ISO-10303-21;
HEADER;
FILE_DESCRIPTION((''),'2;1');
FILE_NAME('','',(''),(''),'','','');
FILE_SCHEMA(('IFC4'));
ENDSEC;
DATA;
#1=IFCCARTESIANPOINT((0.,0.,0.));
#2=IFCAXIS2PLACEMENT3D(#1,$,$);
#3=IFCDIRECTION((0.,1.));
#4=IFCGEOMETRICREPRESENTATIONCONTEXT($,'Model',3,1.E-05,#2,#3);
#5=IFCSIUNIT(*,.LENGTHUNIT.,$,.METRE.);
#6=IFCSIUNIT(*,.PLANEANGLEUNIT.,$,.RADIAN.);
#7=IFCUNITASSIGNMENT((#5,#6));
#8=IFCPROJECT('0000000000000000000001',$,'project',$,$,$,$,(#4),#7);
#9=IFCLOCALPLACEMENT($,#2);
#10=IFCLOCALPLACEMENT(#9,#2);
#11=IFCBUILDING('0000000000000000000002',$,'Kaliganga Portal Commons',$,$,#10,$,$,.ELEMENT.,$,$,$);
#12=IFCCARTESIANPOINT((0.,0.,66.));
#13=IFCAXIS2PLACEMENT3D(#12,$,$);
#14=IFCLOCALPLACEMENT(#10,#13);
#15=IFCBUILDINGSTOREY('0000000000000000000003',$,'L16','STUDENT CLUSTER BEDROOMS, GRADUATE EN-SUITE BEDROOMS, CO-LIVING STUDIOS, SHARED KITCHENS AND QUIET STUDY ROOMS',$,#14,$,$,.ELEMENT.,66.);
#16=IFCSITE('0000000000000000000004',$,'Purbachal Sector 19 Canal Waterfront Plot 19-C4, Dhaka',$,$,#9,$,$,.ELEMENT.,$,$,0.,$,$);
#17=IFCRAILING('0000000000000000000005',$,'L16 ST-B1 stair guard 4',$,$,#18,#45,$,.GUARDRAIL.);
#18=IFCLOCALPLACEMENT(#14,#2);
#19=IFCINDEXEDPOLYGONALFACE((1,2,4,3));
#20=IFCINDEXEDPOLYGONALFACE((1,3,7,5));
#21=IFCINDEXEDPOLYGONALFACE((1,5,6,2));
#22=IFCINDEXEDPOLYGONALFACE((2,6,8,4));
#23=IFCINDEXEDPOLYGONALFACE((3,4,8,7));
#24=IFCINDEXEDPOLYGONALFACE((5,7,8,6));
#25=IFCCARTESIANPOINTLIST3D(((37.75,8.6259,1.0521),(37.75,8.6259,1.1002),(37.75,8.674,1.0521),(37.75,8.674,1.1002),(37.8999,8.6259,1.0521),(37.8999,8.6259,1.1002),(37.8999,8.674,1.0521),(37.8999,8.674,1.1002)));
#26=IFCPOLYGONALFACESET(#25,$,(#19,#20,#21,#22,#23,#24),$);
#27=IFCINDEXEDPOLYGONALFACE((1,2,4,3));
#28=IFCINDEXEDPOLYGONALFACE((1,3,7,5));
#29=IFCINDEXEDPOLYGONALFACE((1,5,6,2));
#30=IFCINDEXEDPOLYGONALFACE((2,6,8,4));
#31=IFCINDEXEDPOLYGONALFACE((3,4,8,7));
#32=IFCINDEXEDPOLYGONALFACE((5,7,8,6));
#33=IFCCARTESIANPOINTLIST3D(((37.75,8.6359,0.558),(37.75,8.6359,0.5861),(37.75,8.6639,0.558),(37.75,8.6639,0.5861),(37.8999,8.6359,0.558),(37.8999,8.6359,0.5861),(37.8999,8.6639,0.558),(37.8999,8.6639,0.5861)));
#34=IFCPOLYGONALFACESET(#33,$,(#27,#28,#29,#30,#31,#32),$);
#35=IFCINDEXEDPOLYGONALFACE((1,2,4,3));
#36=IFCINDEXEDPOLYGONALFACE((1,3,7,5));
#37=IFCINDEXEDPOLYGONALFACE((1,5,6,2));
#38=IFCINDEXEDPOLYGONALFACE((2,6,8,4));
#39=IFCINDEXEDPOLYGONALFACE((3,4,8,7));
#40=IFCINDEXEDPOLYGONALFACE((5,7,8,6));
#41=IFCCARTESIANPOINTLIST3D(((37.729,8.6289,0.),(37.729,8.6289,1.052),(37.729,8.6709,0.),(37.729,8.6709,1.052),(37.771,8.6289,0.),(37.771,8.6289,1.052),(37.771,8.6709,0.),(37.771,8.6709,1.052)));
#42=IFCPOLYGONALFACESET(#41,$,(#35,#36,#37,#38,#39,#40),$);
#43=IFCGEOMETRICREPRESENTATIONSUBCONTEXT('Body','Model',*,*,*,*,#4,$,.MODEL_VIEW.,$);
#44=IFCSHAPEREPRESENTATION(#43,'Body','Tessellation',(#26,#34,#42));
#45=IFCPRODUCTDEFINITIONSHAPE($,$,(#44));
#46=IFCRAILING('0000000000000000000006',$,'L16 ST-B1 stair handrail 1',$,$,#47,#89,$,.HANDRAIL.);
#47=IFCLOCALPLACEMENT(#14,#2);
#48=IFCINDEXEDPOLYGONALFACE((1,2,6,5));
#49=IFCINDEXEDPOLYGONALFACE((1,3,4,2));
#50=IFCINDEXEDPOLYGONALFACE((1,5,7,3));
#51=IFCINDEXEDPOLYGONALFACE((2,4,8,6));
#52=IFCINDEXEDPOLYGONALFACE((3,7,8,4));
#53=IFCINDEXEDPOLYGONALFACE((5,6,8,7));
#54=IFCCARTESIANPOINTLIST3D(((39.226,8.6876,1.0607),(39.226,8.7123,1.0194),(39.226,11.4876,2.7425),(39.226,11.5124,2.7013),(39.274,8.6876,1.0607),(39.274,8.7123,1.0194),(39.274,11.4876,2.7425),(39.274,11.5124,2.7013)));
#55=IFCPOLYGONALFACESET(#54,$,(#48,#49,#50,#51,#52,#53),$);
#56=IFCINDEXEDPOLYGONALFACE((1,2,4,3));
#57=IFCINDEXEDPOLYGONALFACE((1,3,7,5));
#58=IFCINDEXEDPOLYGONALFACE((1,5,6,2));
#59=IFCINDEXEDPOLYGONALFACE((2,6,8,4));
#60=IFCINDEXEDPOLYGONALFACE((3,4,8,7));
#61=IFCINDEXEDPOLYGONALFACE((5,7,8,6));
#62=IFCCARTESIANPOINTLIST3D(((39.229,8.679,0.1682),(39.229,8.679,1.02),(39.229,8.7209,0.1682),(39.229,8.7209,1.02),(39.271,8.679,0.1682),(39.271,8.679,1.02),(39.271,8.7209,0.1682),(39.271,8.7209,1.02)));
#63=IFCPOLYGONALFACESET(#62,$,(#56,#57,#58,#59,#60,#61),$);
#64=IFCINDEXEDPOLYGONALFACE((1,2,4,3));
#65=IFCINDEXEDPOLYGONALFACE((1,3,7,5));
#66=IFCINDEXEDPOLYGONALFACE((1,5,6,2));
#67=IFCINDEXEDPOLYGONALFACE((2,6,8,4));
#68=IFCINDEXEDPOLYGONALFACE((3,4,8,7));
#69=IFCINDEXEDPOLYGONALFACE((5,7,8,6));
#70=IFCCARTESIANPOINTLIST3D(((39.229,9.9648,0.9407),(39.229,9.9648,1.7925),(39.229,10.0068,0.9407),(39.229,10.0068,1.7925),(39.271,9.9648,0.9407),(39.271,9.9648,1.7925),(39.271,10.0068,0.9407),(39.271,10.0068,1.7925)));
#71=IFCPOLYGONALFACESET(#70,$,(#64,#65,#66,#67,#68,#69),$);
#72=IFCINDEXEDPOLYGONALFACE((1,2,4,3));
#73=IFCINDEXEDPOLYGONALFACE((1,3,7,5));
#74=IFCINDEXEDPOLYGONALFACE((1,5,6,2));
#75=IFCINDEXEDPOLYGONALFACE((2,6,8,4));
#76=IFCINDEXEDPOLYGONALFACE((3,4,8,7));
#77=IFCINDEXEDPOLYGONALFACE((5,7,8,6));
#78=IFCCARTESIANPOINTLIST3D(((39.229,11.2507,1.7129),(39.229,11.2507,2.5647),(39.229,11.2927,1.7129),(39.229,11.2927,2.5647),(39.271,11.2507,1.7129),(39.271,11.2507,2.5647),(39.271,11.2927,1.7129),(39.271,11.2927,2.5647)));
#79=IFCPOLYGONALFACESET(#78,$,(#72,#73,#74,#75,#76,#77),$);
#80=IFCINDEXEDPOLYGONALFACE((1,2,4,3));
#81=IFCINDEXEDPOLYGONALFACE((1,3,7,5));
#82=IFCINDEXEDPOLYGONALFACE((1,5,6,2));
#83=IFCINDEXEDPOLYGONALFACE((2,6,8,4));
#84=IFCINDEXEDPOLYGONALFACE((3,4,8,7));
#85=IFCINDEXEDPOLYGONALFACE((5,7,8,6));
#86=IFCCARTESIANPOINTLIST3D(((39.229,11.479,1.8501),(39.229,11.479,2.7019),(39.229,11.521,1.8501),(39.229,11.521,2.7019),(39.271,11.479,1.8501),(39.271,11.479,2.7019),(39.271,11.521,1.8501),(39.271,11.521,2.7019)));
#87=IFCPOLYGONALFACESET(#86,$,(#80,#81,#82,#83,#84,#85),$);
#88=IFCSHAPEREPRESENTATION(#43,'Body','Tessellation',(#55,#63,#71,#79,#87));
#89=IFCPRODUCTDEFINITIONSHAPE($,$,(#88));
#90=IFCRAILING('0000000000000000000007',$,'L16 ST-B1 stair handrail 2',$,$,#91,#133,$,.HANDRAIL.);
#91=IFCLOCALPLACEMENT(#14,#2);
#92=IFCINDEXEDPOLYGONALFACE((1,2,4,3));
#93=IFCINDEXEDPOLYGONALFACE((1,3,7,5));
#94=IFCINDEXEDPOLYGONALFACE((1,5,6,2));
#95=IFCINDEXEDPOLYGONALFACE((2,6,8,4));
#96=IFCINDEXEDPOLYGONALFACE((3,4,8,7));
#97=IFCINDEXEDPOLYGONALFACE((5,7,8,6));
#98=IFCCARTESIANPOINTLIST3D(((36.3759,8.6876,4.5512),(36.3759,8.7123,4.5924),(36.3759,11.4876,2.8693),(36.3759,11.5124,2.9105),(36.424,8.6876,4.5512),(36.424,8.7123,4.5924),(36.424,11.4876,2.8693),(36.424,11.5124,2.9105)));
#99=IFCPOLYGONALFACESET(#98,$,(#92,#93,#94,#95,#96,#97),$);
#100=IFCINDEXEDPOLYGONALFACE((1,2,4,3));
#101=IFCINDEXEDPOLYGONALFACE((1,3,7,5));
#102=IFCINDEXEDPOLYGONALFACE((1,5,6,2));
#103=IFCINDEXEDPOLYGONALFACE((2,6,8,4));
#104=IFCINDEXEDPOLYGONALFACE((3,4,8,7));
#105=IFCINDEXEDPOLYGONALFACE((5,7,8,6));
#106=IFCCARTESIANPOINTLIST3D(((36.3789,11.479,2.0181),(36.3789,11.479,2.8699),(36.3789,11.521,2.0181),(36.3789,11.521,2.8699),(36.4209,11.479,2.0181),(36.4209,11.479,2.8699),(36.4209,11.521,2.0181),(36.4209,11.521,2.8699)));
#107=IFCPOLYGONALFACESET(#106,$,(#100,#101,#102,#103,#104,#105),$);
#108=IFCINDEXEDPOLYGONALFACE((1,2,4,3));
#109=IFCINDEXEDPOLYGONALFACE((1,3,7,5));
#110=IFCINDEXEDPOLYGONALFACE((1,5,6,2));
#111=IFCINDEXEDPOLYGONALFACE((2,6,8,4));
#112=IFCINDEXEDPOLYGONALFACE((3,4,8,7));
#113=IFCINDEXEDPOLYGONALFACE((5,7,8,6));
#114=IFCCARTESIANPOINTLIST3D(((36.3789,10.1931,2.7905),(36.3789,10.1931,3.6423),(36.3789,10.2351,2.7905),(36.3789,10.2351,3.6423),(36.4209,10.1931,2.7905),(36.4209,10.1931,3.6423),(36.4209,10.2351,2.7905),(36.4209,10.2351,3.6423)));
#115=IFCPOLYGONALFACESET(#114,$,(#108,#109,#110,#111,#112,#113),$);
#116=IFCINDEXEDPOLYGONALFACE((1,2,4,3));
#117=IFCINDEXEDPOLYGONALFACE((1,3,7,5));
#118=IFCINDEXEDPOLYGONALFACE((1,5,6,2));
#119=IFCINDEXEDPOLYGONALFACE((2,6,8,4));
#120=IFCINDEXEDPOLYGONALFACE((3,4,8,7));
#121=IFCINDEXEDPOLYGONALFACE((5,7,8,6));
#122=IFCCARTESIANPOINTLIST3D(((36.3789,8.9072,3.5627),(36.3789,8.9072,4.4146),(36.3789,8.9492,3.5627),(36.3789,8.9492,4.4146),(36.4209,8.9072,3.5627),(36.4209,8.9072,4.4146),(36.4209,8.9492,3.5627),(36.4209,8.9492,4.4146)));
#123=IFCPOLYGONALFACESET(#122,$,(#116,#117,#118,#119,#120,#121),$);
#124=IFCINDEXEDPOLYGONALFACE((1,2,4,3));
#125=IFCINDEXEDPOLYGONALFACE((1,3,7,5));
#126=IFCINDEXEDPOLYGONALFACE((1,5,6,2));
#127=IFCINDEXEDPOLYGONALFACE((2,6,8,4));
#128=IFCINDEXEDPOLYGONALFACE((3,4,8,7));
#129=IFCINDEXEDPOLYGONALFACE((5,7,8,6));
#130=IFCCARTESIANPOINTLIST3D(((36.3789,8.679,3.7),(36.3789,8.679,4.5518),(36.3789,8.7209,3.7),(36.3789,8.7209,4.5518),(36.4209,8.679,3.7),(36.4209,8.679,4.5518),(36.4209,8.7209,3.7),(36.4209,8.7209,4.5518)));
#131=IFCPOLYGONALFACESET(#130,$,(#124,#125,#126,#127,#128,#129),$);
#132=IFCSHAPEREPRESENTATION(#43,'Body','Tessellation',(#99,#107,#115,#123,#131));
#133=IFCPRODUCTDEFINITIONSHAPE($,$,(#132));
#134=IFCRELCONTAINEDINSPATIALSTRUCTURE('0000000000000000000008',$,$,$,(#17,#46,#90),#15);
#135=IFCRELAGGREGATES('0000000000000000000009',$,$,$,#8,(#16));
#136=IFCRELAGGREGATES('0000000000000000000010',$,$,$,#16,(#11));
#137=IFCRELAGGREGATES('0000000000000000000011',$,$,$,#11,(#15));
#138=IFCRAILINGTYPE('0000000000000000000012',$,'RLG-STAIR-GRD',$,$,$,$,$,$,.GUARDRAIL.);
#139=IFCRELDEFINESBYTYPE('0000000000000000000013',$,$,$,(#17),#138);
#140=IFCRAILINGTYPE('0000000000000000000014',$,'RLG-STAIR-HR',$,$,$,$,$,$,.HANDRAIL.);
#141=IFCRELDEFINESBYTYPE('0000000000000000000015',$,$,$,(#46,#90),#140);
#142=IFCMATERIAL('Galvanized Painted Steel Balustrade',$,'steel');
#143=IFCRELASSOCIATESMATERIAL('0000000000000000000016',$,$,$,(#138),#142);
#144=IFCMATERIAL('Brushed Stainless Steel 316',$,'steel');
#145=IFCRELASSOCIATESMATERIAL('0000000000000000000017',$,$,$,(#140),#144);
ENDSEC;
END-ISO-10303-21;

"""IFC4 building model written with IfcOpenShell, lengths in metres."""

from ifc_helpers import new_model, si_unit, direction, frame, origin, origin_2d, place, context, subcontext, project, spatial, rectangle, extrude, material, type_object, element, save


model = new_model("IFC4")

# Units and contexts
model_context = context("Model", 3, precision=1e-05, world=origin(), true_north=direction((0.0, 1.0)))
body_context = subcontext(model_context, "Body", "Model", "MODEL_VIEW")
ifc_project = project(units=[si_unit("LENGTHUNIT", "METRE"), si_unit("PLANEANGLEUNIT", "RADIAN")], contexts=[model_context])

# Site, building, storey
site_placement = place(None, origin())
site = spatial("IfcSite", under=ifc_project, at=site_placement, Name="Purbachal Sector 19 Canal Waterfront Plot 19-C4, Dhaka", CompositionType="ELEMENT", RefElevation=0.0)
building_placement = place(site_placement, origin())
building = spatial("IfcBuilding", under=site, at=building_placement, Name="Kaliganga Portal Commons", CompositionType="ELEMENT")
storey_placement = place(building_placement, frame((0.0, 0.0, 66.0)))
storey = spatial("IfcBuildingStorey", under=building, at=storey_placement, Name="L16", Description="STUDENT CLUSTER BEDROOMS, GRADUATE EN-SUITE BEDROOMS, CO-LIVING STUDIOS, SHARED KITCHENS AND QUIET STUDY ROOMS", CompositionType="ELEMENT", Elevation=66.0)

# Railings
ifc_material_1 = material(Name="Galvanized Painted Steel Balustrade", Category="steel")
railing_type_1 = type_object("IfcRailingType", Name="RLG-STAIR-GRD", PredefinedType="GUARDRAIL", material=ifc_material_1)
railing_1_placement = place(storey_placement, frame((37.8999, 8.6499, 0.0)))
element("IfcRailing", 1, at=railing_1_placement, inside=storey, type_object=railing_type_1, Name="L16 ST-B1 stair guard 4", PredefinedType="GUARDRAIL", context=body_context, shape_type="SweptSolid", body=[
    extrude(rectangle(XDim=0.0481, YDim=0.0481, at=origin_2d()), frame((0.0, 0.0, 1.0762), z_axis=(-1.0, 0.0, 0.0), x_axis=(0.0, -1.0, 0.0)), (0.0, 0.0, 1.0), 0.1499),
    extrude(rectangle(XDim=0.0281, YDim=0.0281, at=origin_2d()), frame((0.0, 0.0, 0.572), z_axis=(-1.0, 0.0, 0.0), x_axis=(0.0, -1.0, 0.0)), (0.0, 0.0, 1.0), 0.1499),
    extrude(rectangle(XDim=0.042, YDim=0.042, at=origin_2d()), frame((-0.1499, 0.0, 0.0)), (0.0, 0.0, 1.0), 1.052),
])
ifc_material_2 = material(Name="Brushed Stainless Steel 316", Category="steel")
railing_type_2 = type_object("IfcRailingType", Name="RLG-STAIR-HR", PredefinedType="HANDRAIL", material=ifc_material_2)
railing_2_placement = place(storey_placement, frame((39.25, 8.7, 0.1682)))
element("IfcRailing", 2, at=railing_2_placement, inside=storey, type_object=railing_type_2, Name="L16 ST-B1 stair handrail 1", PredefinedType="HANDRAIL", context=body_context, shape_type="SweptSolid", body=[
    extrude(rectangle(XDim=0.0481, YDim=0.0481, at=origin_2d()), frame((0.0, 0.0, 0.8718), z_axis=(0.0, 0.857242, 0.514913), x_axis=(-1.0, 0.0, 0.0)), (0.0, 0.0, 1.0), 3.2664),
    extrude(rectangle(XDim=0.042, YDim=0.042, at=origin_2d()), origin(), (0.0, 0.0, 1.0), 0.8518),
    extrude(rectangle(XDim=0.042, YDim=0.042, at=origin_2d()), frame((0.0, 1.2859, 0.7725)), (0.0, 0.0, 1.0), 0.8518),
    extrude(rectangle(XDim=0.042, YDim=0.042, at=origin_2d()), frame((0.0, 2.5718, 1.5447)), (0.0, 0.0, 1.0), 0.8518),
    extrude(rectangle(XDim=0.042, YDim=0.042, at=origin_2d()), frame((0.0, 2.8, 1.6819)), (0.0, 0.0, 1.0), 0.8518),
])
railing_3_placement = place(storey_placement, frame((36.3999, 11.5, 2.0181)))
element("IfcRailing", 3, at=railing_3_placement, inside=storey, type_object=railing_type_2, Name="L16 ST-B1 stair handrail 2", PredefinedType="HANDRAIL", context=body_context, shape_type="SweptSolid", body=[
    extrude(rectangle(XDim=0.0481, YDim=0.0481, at=origin_2d()), frame((0.0, 0.0, 0.8718), z_axis=(0.0, -0.857242, 0.514913), x_axis=(1.0, 0.0, 0.0)), (0.0, 0.0, 1.0), 3.2664),
    extrude(rectangle(XDim=0.042, YDim=0.042, at=origin_2d()), origin(), (0.0, 0.0, 1.0), 0.8518),
    extrude(rectangle(XDim=0.042, YDim=0.042, at=origin_2d()), frame((0.0, -1.2859, 0.7725)), (0.0, 0.0, 1.0), 0.8518),
    extrude(rectangle(XDim=0.042, YDim=0.042, at=origin_2d()), frame((0.0, -2.5718, 1.5447)), (0.0, 0.0, 1.0), 0.8518),
    extrude(rectangle(XDim=0.042, YDim=0.042, at=origin_2d()), frame((0.0, -2.8, 1.6819)), (0.0, 0.0, 1.0), 0.8518),
])

save(model, "model.ifc")
